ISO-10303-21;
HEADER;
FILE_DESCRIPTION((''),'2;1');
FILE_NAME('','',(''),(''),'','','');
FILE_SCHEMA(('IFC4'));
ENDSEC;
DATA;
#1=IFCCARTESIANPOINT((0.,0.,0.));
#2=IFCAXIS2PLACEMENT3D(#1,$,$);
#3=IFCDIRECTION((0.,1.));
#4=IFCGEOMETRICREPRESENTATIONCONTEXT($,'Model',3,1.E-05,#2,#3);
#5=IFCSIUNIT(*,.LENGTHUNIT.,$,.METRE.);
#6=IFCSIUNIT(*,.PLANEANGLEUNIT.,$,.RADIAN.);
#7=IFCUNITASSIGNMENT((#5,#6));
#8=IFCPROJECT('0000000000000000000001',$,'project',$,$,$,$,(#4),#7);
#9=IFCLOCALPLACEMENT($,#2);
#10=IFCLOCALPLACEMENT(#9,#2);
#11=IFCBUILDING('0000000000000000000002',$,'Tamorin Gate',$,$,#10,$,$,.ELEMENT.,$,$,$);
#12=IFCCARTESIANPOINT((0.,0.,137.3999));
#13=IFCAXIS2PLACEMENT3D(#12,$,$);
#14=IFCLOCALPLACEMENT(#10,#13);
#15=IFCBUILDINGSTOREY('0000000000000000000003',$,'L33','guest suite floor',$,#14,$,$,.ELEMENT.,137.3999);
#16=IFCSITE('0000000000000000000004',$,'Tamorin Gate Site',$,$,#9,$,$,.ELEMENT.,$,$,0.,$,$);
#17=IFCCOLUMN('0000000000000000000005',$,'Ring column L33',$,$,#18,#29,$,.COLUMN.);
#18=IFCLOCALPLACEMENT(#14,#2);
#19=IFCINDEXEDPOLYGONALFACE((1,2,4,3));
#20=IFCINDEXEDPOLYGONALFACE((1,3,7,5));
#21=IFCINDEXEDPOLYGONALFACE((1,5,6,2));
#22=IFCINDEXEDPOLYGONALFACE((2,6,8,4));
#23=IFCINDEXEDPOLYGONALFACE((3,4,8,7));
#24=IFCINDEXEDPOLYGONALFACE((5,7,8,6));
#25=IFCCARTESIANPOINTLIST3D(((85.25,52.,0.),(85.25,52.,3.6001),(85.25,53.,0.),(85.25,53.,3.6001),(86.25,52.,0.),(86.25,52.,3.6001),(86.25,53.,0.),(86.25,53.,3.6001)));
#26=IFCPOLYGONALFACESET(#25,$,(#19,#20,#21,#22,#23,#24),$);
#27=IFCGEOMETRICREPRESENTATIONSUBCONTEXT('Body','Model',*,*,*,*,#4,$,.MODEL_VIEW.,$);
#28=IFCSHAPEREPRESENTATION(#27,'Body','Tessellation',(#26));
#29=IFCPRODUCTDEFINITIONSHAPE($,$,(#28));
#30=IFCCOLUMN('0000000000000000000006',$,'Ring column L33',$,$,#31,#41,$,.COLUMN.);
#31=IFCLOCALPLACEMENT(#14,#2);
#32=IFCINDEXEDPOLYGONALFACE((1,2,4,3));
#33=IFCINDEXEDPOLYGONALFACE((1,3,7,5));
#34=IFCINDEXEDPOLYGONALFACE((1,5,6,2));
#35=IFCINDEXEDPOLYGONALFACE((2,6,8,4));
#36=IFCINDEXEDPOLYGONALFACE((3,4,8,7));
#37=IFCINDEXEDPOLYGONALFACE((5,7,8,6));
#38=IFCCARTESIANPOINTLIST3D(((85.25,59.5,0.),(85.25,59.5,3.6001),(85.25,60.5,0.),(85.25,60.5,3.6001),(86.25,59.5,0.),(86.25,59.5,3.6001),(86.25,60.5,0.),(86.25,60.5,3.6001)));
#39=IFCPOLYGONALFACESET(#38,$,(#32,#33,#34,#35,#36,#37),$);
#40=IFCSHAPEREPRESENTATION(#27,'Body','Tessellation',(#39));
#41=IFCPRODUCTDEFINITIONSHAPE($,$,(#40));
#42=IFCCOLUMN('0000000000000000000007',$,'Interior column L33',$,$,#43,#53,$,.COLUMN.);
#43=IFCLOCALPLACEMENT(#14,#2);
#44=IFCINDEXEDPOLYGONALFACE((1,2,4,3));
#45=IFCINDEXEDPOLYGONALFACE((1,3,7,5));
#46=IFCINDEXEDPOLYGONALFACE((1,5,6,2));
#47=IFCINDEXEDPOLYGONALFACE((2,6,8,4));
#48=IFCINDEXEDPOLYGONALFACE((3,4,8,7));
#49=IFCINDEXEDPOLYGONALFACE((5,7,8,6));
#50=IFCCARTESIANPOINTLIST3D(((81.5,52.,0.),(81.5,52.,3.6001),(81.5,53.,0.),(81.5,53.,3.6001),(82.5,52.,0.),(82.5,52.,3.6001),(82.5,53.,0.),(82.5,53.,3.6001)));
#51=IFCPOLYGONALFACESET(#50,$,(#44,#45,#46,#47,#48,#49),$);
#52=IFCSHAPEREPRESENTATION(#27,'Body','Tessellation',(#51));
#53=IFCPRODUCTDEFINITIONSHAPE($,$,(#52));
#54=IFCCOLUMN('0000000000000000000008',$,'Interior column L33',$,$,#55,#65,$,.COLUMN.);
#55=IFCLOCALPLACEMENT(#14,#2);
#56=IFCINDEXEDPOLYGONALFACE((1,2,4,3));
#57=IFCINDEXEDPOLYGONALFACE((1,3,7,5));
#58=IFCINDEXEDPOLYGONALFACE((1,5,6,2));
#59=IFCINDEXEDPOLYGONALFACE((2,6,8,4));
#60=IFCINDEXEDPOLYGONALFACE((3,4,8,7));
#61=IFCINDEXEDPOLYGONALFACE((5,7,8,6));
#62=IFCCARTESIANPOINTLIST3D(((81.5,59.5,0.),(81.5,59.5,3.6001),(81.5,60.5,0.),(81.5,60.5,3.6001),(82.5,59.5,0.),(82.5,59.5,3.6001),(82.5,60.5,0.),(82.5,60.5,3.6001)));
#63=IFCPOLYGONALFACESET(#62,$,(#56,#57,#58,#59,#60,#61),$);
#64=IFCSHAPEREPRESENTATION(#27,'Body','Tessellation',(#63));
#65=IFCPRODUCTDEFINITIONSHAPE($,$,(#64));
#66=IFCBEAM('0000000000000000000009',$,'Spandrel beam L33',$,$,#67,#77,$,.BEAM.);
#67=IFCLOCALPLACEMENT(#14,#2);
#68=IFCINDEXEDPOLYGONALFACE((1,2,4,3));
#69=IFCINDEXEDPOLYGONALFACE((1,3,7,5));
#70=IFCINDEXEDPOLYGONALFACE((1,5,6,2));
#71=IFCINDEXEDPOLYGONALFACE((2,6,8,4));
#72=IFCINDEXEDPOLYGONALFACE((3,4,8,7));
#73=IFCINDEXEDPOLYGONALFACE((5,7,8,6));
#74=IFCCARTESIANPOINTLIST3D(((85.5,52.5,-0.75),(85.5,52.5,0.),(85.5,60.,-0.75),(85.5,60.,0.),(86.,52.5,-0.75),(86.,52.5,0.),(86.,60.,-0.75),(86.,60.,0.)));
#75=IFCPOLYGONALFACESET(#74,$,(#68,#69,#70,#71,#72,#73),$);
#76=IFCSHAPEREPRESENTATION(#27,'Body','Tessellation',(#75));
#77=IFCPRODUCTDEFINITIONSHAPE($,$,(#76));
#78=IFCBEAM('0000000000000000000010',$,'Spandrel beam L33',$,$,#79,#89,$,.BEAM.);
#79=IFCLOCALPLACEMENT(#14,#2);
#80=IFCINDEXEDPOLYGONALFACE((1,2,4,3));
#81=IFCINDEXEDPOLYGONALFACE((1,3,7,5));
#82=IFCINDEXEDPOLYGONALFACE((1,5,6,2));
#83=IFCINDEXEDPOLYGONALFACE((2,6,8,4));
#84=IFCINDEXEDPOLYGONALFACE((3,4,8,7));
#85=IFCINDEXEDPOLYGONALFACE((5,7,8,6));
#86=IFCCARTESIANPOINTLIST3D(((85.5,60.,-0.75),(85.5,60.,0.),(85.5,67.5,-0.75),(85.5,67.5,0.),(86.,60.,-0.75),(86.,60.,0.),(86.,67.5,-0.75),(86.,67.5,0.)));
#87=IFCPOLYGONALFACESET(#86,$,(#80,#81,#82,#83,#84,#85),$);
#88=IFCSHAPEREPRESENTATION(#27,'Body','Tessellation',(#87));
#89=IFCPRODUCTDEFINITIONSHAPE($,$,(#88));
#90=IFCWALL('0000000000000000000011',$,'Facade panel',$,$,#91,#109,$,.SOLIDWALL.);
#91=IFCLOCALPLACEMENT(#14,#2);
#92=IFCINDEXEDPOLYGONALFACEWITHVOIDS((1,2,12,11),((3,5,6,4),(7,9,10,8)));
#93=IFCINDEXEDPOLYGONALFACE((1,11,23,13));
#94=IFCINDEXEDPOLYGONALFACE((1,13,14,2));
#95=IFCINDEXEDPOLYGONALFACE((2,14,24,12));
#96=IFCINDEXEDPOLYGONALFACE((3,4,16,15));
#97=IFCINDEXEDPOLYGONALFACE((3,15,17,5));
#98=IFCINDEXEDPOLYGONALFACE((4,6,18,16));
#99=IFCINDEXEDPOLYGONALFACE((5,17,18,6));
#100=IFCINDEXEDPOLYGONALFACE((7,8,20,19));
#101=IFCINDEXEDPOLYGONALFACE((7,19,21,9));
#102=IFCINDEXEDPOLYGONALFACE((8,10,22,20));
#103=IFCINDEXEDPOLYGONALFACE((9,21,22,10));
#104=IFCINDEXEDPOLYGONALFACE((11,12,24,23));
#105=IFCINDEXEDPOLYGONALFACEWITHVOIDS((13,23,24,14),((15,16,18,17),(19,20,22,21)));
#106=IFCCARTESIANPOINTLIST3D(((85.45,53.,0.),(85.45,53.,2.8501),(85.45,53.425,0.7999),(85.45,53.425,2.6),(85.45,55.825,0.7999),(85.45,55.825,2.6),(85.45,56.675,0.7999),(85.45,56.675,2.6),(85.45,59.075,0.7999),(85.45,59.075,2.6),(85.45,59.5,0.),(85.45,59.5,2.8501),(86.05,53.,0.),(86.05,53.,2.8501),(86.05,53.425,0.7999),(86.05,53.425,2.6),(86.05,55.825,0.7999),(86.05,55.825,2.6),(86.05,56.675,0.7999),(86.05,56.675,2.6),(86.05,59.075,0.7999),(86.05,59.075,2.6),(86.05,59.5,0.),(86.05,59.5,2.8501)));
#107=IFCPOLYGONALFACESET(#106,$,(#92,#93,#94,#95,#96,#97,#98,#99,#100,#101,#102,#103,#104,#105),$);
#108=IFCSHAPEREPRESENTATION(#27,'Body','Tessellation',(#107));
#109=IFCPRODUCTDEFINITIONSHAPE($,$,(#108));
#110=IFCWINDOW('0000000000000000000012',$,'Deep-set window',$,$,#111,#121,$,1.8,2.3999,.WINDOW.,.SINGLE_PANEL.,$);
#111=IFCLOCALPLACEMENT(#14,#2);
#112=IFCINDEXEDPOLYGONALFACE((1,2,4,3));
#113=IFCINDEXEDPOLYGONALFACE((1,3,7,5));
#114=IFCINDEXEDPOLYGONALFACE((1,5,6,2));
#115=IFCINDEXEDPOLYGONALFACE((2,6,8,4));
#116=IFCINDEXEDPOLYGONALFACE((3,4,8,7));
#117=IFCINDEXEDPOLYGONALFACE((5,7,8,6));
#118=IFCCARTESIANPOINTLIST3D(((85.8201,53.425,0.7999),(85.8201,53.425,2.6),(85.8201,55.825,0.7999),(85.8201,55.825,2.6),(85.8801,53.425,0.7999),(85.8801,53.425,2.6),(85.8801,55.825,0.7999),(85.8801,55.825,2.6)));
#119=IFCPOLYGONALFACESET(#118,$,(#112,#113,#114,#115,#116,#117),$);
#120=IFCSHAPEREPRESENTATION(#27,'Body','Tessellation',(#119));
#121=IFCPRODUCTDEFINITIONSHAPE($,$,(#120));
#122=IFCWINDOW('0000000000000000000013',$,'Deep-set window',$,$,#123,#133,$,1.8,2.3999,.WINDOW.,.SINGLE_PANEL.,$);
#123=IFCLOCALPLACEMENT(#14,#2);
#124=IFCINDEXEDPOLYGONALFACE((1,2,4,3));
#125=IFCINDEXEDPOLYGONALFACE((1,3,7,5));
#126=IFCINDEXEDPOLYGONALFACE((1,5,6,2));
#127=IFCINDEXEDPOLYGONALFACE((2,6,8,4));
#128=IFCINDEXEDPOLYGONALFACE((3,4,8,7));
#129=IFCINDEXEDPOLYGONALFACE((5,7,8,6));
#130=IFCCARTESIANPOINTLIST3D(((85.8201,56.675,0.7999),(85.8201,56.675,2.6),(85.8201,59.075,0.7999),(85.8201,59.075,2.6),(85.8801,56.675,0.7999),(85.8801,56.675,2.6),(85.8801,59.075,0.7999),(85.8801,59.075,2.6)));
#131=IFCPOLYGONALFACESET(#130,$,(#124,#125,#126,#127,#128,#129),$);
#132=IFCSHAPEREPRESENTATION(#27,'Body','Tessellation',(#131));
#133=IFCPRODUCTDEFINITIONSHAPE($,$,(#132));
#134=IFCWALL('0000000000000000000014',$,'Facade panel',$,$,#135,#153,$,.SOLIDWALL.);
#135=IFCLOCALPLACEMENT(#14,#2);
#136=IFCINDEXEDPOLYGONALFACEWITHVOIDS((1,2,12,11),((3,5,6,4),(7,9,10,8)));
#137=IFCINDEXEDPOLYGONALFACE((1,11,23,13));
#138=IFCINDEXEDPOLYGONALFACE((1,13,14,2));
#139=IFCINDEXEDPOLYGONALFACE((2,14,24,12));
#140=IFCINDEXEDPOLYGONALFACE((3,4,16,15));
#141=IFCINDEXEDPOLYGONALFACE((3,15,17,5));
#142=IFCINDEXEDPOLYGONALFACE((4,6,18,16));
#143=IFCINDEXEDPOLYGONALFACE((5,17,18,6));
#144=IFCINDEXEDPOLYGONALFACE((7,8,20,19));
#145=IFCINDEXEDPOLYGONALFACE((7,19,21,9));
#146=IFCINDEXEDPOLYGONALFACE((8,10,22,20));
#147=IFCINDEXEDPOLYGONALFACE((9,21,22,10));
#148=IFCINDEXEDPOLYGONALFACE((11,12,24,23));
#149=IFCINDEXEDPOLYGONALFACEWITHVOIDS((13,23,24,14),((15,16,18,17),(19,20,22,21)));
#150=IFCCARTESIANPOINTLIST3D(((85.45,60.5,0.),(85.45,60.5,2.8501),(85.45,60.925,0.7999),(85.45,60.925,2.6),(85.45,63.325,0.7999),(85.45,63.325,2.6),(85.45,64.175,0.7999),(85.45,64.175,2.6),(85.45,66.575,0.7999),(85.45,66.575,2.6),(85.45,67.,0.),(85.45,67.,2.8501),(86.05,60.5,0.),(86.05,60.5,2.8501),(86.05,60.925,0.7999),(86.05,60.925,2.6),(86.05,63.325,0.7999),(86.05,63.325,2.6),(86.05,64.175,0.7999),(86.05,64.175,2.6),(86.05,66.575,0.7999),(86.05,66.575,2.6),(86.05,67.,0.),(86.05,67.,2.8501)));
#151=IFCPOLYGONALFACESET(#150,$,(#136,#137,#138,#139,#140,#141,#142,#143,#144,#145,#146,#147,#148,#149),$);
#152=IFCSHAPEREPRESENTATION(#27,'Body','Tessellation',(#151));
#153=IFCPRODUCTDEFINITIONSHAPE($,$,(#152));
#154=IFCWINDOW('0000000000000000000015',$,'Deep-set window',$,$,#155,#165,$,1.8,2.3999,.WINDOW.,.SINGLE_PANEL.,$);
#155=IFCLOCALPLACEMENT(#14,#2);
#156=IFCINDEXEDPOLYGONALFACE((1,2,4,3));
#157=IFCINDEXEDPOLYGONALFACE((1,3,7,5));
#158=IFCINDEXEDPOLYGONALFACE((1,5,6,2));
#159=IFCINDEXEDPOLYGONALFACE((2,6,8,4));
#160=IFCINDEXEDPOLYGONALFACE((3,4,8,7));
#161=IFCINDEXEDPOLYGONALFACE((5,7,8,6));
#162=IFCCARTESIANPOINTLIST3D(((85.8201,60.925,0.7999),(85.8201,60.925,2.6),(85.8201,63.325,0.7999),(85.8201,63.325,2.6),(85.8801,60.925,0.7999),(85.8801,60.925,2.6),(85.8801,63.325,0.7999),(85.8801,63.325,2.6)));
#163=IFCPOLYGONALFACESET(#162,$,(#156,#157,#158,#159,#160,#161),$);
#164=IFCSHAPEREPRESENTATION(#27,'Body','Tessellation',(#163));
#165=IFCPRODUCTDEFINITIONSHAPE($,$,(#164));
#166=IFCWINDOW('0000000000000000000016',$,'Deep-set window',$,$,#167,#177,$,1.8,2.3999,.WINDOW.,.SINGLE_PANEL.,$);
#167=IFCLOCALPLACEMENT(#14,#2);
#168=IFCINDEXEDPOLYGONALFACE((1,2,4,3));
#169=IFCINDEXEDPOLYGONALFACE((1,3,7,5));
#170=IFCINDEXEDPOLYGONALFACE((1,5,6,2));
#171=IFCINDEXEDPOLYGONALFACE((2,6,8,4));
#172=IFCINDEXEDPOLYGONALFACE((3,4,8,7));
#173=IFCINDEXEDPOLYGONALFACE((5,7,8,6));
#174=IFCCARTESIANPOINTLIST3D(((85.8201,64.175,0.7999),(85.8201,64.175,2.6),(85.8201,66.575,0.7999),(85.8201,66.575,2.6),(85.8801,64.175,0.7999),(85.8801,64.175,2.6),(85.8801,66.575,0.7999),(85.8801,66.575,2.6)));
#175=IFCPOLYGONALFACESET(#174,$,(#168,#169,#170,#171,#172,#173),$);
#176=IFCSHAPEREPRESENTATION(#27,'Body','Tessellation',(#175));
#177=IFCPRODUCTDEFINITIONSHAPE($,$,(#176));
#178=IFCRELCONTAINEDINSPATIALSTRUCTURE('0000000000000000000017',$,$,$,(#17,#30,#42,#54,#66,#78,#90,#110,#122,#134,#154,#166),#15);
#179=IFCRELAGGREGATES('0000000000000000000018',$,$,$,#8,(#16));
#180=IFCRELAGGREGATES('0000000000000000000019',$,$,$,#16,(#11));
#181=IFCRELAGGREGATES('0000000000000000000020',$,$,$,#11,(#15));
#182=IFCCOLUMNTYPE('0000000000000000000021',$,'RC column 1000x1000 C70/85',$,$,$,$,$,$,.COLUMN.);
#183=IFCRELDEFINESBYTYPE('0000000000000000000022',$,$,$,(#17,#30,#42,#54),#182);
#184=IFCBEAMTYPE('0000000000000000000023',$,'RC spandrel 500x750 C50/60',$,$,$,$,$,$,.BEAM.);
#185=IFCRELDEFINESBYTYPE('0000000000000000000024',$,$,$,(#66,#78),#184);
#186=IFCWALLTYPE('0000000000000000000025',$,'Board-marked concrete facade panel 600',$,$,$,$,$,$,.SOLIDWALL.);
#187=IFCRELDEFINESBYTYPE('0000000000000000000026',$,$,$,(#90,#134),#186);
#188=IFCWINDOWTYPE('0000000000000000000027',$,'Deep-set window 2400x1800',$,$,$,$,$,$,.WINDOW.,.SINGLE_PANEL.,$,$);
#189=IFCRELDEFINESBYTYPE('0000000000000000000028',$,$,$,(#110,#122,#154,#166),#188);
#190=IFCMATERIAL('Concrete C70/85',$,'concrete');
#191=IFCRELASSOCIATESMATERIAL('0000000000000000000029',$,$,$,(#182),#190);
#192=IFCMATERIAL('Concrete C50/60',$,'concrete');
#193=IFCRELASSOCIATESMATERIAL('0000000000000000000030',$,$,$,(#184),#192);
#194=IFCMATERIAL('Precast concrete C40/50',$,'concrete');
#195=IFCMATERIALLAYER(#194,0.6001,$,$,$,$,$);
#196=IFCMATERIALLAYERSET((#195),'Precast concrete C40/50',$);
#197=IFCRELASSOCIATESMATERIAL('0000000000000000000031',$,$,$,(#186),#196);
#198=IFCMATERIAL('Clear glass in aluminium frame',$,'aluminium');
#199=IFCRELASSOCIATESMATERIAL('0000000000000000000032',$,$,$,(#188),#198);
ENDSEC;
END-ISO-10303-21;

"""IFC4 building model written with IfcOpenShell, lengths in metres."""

from ifc_helpers import new_model, si_unit, direction, frame, frame_2d, origin, origin_2d, place, context, subcontext, project, spatial, rectangle, extrude, material, layer, layer_set, material_profile, profile_set, type_object, element, fill, save


model = new_model("IFC4")

# Units and contexts
model_context = context("Model", 3, precision=1e-05, world=origin(), true_north=direction((0.0, 1.0)))
body_context = subcontext(model_context, "Body", "Model", "MODEL_VIEW")
ifc_project = project(units=[si_unit("LENGTHUNIT", "METRE"), si_unit("PLANEANGLEUNIT", "RADIAN")], contexts=[model_context])

# Site, building, storey
site_placement = place(None, origin())
site = spatial("IfcSite", under=ifc_project, at=site_placement, Name="Tamorin Gate Site", CompositionType="ELEMENT", RefElevation=0.0)
building_placement = place(site_placement, origin())
building = spatial("IfcBuilding", under=site, at=building_placement, Name="Tamorin Gate", CompositionType="ELEMENT")
storey_placement = place(building_placement, frame((0.0, 0.0, 137.3999)))
storey = spatial("IfcBuildingStorey", under=building, at=storey_placement, Name="L33", Description="guest suite floor", CompositionType="ELEMENT", Elevation=137.3999)

# Columns
ifc_material_1 = material(Name="Concrete C70/85", Category="concrete")
ifc_material_profile_1 = material_profile(ifc_material_1, rectangle(XDim=1.0, YDim=1.0, at=origin_2d()), Name="RC 1000x1000")
ifc_profile_set_1 = profile_set([ifc_material_profile_1], Name="Concrete C70/85")
column_type = type_object("IfcColumnType", Name="RC column 1000x1000 C70/85", PredefinedType="COLUMN", material=ifc_profile_set_1)
for number, where, z_axis, x_axis, name in (
    (1, (85.75, 52.5, 0.0), (0.0, 0.0, 1.0), (1.0, 0.0, 0.0), "Ring column L33"),
    (2, (85.75, 60.0, 0.0), (0.0, 0.0, 1.0), (1.0, 0.0, 0.0), "Ring column L33"),
    (3, (82.0, 52.5, 0.0), (0.0, 0.0, 1.0), (1.0, 0.0, 0.0), "Interior column L33"),
    (4, (82.0, 60.0, 0.0), (0.0, 0.0, 1.0), (1.0, 0.0, 0.0), "Interior column L33"),
):
    element("IfcColumn", number, at=place(storey_placement, frame(where, z_axis=z_axis, x_axis=x_axis)), inside=storey, type_object=column_type, Name=name, PredefinedType="COLUMN", context=body_context, shape_type="SweptSolid", body=[
        extrude(rectangle(XDim=1.0, YDim=1.0, at=origin_2d()), origin(), (0.0, 0.0, 1.0), 3.6001),
    ])

# Beams
ifc_material_2 = material(Name="Concrete C50/60", Category="concrete")
ifc_material_profile_2 = material_profile(ifc_material_2, rectangle(XDim=0.5, YDim=0.75, at=origin_2d()), Name="RC 500x750")
ifc_profile_set_2 = profile_set([ifc_material_profile_2], Name="Concrete C50/60")
beam_type = type_object("IfcBeamType", Name="RC spandrel 500x750 C50/60", PredefinedType="BEAM", material=ifc_profile_set_2)
for number, where, z_axis, x_axis, name in (
    (5, (85.75, 52.5, -0.375), (0.0, 1.0, 0.0), (-1.0, 0.0, 0.0), "Spandrel beam L33"),
    (6, (85.75, 60.0, -0.375), (0.0, 1.0, 0.0), (-1.0, 0.0, 0.0), "Spandrel beam L33"),
):
    element("IfcBeam", number, at=place(storey_placement, frame(where, z_axis=z_axis, x_axis=x_axis)), inside=storey, type_object=beam_type, Name=name, PredefinedType="BEAM", context=body_context, shape_type="SweptSolid", body=[
        extrude(rectangle(XDim=0.5, YDim=0.75, at=origin_2d()), origin(), (0.0, 0.0, 1.0), 7.5),
    ])

# Walls, openings, windows
ifc_material_3 = material(Name="Precast concrete C40/50", Category="concrete")
ifc_layer_1 = layer(ifc_material_3, 0.6001)
ifc_layer_set_1 = layer_set([ifc_layer_1], Name="Precast concrete C40/50")
wall_type_1 = type_object("IfcWallType", Name="Board-marked concrete facade panel 600", PredefinedType="SOLIDWALL", material=ifc_layer_set_1)
wall_1_placement = place(storey_placement, frame((85.75, 53.0, 0.0), z_axis=(0.0, 0.0, 1.0), x_axis=(0.0, 1.0, 0.0)))
wall_1 = element("IfcWall", 7, at=wall_1_placement, inside=storey, type_object=wall_type_1, Name="Facade panel", PredefinedType="SOLIDWALL", context=body_context, shape_type="SweptSolid", body=[
    extrude(rectangle(XDim=6.5, YDim=0.6001, at=frame_2d((3.25, 0.0))), origin(), (0.0, 0.0, 1.0), 2.8501),
])
opening_1_placement = place(wall_1_placement, frame((0.425, 0.0, 0.8)))
opening_1 = element("IfcOpeningElement", 8, at=opening_1_placement, cuts=wall_1, PredefinedType="OPENING", context=body_context, shape_type="SweptSolid", body=[
    extrude(rectangle(XDim=2.3999, YDim=1.8, at=frame_2d((1.2, 0.8999))), frame((0.0, 0.3101, 0.0), z_axis=(0.0, -1.0, 0.0), x_axis=(1.0, 0.0, 0.0)), (0.0, 0.0, 1.0), 0.6201),
])
opening_2_placement = place(wall_1_placement, frame((3.675, 0.0, 0.8)))
opening_2 = element("IfcOpeningElement", 9, at=opening_2_placement, cuts=wall_1, PredefinedType="OPENING", context=body_context, shape_type="SweptSolid", body=[
    extrude(rectangle(XDim=2.3999, YDim=1.8, at=frame_2d((1.2, 0.8999))), frame((0.0, 0.3101, 0.0), z_axis=(0.0, -1.0, 0.0), x_axis=(1.0, 0.0, 0.0)), (0.0, 0.0, 1.0), 0.6201),
])
ifc_material_4 = material(Name="Clear glass in aluminium frame", Category="aluminium")
window_type = type_object("IfcWindowType", Name="Deep-set window 2400x1800", PartitioningType="SINGLE_PANEL", PredefinedType="WINDOW", material=ifc_material_4)
window_1_placement = place(opening_1_placement, origin())
window_1 = element("IfcWindow", 10, at=window_1_placement, inside=storey, type_object=window_type, Name="Deep-set window", OverallHeight=1.8, OverallWidth=2.3999, PartitioningType="SINGLE_PANEL", PredefinedType="WINDOW", context=body_context, shape_type="SweptSolid", body=[
    extrude(rectangle(XDim=2.3999, YDim=1.8, at=frame_2d((1.2, 0.8999))), frame((0.0, -0.0701, 0.0), z_axis=(0.0, -1.0, 0.0), x_axis=(1.0, 0.0, 0.0)), (0.0, 0.0, 1.0), 0.0601),
])
fill(opening_1, window_1)
window_2_placement = place(opening_2_placement, origin())
window_2 = element("IfcWindow", 11, at=window_2_placement, inside=storey, type_object=window_type, Name="Deep-set window", OverallHeight=1.8, OverallWidth=2.3999, PartitioningType="SINGLE_PANEL", PredefinedType="WINDOW", context=body_context, shape_type="SweptSolid", body=[
    extrude(rectangle(XDim=2.3999, YDim=1.8, at=frame_2d((1.2, 0.8999))), frame((0.0, -0.0701, 0.0), z_axis=(0.0, -1.0, 0.0), x_axis=(1.0, 0.0, 0.0)), (0.0, 0.0, 1.0), 0.0601),
])
fill(opening_2, window_2)
wall_2_placement = place(storey_placement, frame((85.75, 60.5, 0.0), z_axis=(0.0, 0.0, 1.0), x_axis=(0.0, 1.0, 0.0)))
wall_2 = element("IfcWall", 12, at=wall_2_placement, inside=storey, type_object=wall_type_1, Name="Facade panel", PredefinedType="SOLIDWALL", context=body_context, shape_type="SweptSolid", body=[
    extrude(rectangle(XDim=6.5, YDim=0.6001, at=frame_2d((3.25, 0.0))), origin(), (0.0, 0.0, 1.0), 2.8501),
])
opening_3_placement = place(wall_2_placement, frame((0.425, 0.0, 0.8)))
opening_3 = element("IfcOpeningElement", 13, at=opening_3_placement, cuts=wall_2, PredefinedType="OPENING", context=body_context, shape_type="SweptSolid", body=[
    extrude(rectangle(XDim=2.3999, YDim=1.8, at=frame_2d((1.2, 0.8999))), frame((0.0, 0.3101, 0.0), z_axis=(0.0, -1.0, 0.0), x_axis=(1.0, 0.0, 0.0)), (0.0, 0.0, 1.0), 0.6201),
])
opening_4_placement = place(wall_2_placement, frame((3.675, 0.0, 0.8)))
opening_4 = element("IfcOpeningElement", 14, at=opening_4_placement, cuts=wall_2, PredefinedType="OPENING", context=body_context, shape_type="SweptSolid", body=[
    extrude(rectangle(XDim=2.3999, YDim=1.8, at=frame_2d((1.2, 0.8999))), frame((0.0, 0.3101, 0.0), z_axis=(0.0, -1.0, 0.0), x_axis=(1.0, 0.0, 0.0)), (0.0, 0.0, 1.0), 0.6201),
])
window_3_placement = place(opening_3_placement, origin())
window_3 = element("IfcWindow", 15, at=window_3_placement, inside=storey, type_object=window_type, Name="Deep-set window", OverallHeight=1.8, OverallWidth=2.3999, PartitioningType="SINGLE_PANEL", PredefinedType="WINDOW", context=body_context, shape_type="SweptSolid", body=[
    extrude(rectangle(XDim=2.3999, YDim=1.8, at=frame_2d((1.2, 0.8999))), frame((0.0, -0.0701, 0.0), z_axis=(0.0, -1.0, 0.0), x_axis=(1.0, 0.0, 0.0)), (0.0, 0.0, 1.0), 0.0601),
])
fill(opening_3, window_3)
window_4_placement = place(opening_4_placement, origin())
window_4 = element("IfcWindow", 16, at=window_4_placement, inside=storey, type_object=window_type, Name="Deep-set window", OverallHeight=1.8, OverallWidth=2.3999, PartitioningType="SINGLE_PANEL", PredefinedType="WINDOW", context=body_context, shape_type="SweptSolid", body=[
    extrude(rectangle(XDim=2.3999, YDim=1.8, at=frame_2d((1.2, 0.8999))), frame((0.0, -0.0701, 0.0), z_axis=(0.0, -1.0, 0.0), x_axis=(1.0, 0.0, 0.0)), (0.0, 0.0, 1.0), 0.0601),
])
fill(opening_4, window_4)

save(model, "model.ifc")
